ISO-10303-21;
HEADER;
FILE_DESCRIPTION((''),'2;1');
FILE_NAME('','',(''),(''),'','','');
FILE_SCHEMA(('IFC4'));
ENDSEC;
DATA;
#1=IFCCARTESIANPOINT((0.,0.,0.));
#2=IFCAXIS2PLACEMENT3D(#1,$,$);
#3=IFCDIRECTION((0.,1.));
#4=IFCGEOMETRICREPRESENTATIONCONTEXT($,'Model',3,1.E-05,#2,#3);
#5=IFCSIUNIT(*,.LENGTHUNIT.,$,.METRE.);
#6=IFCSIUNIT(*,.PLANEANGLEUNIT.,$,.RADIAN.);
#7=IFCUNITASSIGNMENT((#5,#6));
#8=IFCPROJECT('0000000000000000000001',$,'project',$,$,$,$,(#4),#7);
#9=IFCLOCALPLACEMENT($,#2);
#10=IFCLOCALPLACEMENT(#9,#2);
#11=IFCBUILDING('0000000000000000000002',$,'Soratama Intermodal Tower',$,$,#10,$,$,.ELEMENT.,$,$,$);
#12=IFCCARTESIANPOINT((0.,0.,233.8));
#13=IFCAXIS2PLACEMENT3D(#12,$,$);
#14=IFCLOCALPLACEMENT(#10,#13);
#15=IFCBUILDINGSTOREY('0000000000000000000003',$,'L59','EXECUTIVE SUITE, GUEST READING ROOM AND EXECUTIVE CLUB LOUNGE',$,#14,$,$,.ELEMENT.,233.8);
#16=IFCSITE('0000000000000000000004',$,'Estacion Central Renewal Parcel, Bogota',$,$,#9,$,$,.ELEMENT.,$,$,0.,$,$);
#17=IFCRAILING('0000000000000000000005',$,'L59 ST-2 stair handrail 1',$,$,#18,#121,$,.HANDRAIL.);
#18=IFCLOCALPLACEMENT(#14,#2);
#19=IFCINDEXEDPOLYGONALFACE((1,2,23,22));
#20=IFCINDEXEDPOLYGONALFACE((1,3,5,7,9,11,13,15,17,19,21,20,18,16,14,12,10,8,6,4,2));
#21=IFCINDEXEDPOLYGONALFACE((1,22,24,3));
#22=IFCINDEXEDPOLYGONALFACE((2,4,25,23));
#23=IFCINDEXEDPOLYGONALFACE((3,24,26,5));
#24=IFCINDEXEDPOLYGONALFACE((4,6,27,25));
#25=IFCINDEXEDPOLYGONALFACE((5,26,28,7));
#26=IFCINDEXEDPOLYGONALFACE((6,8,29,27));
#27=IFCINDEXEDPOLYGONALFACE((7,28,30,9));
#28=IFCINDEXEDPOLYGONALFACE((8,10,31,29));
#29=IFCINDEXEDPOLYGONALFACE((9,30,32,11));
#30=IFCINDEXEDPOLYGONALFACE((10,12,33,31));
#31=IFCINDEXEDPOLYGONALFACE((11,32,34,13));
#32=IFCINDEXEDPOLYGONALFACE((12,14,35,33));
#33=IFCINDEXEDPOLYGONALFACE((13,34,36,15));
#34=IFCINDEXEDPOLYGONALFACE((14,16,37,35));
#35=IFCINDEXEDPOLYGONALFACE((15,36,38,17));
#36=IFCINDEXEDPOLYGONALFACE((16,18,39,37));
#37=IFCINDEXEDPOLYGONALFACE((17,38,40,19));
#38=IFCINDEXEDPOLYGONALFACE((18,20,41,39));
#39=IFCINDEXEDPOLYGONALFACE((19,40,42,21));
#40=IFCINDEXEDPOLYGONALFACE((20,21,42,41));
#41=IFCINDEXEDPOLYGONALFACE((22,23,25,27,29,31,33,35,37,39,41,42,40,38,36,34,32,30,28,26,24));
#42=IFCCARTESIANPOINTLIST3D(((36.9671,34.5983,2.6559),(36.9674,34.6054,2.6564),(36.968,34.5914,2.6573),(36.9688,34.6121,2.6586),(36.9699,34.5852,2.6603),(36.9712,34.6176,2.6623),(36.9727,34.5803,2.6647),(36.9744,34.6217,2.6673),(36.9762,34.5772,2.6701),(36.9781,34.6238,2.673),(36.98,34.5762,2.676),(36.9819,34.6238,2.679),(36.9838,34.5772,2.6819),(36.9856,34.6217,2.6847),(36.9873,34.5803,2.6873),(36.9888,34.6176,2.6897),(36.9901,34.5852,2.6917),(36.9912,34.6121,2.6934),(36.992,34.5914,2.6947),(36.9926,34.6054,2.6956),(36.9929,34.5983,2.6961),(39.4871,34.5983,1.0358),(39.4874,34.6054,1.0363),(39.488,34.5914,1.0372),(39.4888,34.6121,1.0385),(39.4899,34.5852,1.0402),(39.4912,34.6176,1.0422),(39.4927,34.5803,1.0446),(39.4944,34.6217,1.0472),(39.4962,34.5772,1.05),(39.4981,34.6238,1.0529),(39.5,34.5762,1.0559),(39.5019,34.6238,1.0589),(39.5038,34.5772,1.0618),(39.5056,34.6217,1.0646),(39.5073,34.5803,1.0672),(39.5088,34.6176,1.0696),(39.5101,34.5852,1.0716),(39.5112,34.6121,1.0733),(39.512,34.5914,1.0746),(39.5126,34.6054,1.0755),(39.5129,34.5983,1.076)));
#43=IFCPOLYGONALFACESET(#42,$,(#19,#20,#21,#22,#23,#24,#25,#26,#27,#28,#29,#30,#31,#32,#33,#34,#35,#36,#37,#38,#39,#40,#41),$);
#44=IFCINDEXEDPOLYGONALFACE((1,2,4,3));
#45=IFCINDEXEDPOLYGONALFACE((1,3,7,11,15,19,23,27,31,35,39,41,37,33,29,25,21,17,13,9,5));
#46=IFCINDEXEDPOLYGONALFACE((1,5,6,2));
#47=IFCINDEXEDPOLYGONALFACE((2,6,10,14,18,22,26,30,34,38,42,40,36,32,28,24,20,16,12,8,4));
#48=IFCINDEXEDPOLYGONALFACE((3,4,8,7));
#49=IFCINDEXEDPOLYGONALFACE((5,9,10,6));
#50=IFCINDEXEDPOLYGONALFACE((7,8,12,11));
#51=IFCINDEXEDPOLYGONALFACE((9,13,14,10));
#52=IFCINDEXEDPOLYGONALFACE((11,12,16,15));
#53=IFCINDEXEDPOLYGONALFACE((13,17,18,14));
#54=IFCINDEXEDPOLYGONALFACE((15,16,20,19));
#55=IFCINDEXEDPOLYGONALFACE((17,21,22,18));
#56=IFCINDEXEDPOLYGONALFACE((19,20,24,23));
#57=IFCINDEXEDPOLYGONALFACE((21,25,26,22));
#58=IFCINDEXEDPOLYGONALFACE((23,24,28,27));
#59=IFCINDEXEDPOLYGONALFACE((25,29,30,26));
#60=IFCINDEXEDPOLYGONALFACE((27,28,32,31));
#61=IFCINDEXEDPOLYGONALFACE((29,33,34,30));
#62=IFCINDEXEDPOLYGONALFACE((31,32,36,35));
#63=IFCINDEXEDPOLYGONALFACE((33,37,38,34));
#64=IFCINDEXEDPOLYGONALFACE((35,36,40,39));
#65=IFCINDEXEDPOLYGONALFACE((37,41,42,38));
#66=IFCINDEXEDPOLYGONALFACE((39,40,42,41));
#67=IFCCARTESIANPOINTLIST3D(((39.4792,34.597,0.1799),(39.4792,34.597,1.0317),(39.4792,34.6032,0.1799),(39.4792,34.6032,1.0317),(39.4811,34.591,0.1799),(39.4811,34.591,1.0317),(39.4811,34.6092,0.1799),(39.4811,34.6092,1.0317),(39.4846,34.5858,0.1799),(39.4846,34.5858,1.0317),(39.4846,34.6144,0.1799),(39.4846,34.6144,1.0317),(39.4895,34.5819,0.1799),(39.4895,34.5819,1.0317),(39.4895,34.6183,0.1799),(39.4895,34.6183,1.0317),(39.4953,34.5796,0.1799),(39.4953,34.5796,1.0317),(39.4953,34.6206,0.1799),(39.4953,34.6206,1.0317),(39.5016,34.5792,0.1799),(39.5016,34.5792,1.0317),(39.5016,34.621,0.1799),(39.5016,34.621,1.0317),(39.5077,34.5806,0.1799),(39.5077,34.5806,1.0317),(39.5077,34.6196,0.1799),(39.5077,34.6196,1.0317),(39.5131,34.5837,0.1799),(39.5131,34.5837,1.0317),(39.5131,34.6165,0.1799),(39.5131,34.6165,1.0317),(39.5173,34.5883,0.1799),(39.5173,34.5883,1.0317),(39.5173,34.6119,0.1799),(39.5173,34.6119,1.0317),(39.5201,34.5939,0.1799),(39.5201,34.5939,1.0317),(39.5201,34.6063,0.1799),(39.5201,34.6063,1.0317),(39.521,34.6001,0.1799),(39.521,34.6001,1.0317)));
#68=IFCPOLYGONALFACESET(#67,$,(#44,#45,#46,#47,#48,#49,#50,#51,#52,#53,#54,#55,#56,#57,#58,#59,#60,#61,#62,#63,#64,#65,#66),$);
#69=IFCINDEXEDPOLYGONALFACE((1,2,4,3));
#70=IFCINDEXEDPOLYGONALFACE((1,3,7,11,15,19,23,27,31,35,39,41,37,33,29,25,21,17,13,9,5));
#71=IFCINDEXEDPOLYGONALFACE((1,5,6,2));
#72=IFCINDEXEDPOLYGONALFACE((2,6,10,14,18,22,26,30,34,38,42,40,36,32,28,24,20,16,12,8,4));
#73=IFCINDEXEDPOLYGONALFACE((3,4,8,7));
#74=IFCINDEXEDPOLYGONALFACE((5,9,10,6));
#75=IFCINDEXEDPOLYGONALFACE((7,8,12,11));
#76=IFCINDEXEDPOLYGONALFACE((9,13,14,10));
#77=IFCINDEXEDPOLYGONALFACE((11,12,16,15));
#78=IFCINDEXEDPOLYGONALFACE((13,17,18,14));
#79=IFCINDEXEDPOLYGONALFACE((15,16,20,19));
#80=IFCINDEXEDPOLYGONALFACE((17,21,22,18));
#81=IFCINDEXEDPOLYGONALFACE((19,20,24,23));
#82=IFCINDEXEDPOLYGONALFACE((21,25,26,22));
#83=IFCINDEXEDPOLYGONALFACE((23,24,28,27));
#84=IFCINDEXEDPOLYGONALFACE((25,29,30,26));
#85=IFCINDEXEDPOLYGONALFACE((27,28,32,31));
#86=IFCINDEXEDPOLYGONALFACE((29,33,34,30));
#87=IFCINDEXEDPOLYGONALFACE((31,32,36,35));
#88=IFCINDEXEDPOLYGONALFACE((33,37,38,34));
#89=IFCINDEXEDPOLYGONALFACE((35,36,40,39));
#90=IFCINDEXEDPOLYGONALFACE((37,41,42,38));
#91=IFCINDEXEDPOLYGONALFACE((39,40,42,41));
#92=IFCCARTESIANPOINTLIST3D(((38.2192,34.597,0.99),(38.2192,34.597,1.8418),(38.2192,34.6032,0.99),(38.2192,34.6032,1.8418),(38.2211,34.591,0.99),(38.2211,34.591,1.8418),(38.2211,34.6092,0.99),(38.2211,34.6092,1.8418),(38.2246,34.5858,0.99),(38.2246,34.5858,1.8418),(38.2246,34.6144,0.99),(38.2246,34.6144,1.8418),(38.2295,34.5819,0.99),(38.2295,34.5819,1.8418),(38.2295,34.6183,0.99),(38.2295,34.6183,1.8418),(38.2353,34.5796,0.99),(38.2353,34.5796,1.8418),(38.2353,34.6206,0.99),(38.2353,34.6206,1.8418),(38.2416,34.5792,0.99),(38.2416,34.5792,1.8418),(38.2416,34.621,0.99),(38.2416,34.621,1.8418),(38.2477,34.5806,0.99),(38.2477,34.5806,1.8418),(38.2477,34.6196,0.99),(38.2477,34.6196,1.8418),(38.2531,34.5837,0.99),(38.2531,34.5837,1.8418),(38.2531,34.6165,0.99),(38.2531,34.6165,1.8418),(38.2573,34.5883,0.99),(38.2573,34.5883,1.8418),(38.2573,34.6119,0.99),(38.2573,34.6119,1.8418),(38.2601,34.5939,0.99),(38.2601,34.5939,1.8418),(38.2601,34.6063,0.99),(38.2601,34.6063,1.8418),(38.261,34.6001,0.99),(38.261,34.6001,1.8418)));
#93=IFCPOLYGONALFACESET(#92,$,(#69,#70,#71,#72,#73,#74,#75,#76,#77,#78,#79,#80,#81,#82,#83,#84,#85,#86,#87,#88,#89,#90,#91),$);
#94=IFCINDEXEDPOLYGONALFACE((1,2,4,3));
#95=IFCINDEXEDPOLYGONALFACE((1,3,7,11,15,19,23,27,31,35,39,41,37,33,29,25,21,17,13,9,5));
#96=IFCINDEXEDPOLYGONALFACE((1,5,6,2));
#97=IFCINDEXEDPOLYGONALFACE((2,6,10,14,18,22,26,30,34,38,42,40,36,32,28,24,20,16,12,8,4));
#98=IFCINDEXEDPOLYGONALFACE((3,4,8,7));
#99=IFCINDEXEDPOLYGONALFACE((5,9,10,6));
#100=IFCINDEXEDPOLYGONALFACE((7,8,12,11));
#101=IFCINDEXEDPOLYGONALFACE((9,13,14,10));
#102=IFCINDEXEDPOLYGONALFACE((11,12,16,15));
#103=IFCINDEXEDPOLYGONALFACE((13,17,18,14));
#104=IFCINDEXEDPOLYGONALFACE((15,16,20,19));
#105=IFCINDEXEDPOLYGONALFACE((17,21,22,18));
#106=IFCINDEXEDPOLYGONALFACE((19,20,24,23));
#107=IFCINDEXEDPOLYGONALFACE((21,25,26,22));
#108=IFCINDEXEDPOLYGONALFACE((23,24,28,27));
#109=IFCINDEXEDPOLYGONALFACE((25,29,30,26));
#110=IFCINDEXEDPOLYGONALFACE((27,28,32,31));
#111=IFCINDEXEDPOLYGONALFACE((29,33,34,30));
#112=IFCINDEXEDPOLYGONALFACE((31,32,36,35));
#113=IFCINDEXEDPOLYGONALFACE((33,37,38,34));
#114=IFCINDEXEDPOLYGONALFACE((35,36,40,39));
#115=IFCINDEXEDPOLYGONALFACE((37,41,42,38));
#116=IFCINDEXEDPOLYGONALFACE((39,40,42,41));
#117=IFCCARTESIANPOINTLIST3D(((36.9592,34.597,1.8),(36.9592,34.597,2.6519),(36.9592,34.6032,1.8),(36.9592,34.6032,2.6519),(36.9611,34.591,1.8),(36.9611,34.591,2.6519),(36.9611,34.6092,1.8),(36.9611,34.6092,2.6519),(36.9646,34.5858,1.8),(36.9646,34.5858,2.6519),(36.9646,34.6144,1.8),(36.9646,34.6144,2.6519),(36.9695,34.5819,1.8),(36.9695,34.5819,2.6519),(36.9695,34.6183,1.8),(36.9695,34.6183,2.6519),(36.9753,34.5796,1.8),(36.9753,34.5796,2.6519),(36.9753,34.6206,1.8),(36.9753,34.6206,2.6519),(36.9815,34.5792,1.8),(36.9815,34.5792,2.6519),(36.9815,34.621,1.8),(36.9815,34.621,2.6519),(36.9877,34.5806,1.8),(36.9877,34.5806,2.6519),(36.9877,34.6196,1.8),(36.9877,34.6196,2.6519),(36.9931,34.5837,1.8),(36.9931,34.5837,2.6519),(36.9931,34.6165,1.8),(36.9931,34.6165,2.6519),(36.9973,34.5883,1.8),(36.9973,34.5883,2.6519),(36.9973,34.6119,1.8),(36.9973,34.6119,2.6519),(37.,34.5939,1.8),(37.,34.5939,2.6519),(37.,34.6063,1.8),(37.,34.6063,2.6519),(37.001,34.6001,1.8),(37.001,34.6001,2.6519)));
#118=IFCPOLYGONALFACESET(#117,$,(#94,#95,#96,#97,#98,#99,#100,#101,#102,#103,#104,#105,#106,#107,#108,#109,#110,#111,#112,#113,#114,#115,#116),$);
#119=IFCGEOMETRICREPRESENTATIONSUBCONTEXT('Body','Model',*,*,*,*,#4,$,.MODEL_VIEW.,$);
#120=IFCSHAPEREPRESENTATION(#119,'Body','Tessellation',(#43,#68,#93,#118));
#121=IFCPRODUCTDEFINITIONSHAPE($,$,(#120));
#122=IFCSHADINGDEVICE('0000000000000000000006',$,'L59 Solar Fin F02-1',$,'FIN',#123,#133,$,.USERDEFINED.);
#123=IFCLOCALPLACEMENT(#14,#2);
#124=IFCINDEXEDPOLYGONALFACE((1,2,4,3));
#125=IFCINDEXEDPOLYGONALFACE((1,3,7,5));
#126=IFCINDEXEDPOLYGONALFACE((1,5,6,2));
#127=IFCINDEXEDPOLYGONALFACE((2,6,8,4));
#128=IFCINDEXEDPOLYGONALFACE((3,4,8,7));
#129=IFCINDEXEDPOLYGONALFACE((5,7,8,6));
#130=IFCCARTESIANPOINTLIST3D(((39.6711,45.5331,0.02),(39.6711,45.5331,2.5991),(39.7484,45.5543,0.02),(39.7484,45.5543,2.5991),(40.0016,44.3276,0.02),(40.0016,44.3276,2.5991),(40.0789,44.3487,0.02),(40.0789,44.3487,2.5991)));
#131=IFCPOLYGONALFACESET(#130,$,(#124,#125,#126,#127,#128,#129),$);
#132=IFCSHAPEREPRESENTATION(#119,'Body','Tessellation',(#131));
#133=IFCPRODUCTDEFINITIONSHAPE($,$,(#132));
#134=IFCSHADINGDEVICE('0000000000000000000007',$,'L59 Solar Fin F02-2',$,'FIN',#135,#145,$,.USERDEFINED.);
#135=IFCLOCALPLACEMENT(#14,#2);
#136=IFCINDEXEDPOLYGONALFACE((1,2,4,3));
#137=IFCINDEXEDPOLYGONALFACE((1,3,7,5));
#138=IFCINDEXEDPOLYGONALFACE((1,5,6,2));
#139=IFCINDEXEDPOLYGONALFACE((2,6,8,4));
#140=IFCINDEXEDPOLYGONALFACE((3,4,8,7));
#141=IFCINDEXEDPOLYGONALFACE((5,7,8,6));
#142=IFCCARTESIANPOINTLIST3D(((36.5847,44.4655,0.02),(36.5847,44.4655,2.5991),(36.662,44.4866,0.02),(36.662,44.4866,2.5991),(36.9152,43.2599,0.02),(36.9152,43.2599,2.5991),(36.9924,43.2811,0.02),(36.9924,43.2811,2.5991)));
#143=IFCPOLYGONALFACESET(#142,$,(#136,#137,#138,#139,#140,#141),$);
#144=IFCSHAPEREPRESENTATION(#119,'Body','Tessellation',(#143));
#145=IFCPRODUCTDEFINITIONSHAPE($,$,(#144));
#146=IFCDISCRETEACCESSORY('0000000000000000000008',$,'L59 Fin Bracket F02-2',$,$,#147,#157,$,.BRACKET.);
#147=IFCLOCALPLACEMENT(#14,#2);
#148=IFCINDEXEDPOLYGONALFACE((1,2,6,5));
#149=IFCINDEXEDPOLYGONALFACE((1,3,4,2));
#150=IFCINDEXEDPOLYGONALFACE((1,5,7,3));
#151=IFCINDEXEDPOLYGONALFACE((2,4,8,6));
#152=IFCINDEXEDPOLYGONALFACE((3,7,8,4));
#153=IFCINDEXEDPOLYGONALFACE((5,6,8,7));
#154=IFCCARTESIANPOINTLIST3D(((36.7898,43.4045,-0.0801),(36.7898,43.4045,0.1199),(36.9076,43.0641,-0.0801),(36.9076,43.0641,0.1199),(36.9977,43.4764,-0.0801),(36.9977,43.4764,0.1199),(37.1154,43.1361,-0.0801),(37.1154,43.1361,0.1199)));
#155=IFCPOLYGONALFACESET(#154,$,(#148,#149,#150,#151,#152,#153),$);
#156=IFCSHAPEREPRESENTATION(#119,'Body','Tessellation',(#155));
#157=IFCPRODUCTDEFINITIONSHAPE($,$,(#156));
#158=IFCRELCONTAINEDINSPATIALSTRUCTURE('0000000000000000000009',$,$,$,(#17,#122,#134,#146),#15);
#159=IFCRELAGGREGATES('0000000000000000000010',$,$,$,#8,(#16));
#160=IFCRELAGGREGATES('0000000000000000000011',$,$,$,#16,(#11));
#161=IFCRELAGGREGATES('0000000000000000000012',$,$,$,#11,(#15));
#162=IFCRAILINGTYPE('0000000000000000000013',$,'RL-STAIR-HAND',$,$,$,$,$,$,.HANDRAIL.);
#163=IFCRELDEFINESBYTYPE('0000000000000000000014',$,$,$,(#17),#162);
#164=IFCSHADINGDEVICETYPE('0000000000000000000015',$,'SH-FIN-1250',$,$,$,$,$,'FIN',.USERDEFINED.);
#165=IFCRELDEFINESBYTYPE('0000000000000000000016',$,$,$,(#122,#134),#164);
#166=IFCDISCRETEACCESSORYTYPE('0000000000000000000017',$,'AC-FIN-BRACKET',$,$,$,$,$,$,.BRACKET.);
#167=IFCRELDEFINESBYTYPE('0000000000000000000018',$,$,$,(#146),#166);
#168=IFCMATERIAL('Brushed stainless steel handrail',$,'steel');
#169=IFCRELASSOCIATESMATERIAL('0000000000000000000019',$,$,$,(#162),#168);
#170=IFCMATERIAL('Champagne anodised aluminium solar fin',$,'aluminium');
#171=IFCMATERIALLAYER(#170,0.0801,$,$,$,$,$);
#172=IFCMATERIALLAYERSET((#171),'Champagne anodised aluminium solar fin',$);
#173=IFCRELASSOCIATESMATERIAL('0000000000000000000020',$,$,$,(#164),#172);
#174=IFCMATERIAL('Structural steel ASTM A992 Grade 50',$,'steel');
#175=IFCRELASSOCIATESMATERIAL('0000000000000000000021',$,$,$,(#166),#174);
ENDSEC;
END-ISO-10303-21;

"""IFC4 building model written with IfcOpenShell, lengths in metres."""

from ifc_helpers import new_model, si_unit, direction, frame, origin, origin_2d, place, context, subcontext, project, spatial, rectangle, circle, extrude, material, layer, layer_set, type_object, element, save


model = new_model("IFC4")

# Units and contexts
model_context = context("Model", 3, precision=1e-05, world=origin(), true_north=direction((0.0, 1.0)))
body_context = subcontext(model_context, "Body", "Model", "MODEL_VIEW")
ifc_project = project(units=[si_unit("LENGTHUNIT", "METRE"), si_unit("PLANEANGLEUNIT", "RADIAN")], contexts=[model_context])

# Site, building, storey
site_placement = place(None, origin())
site = spatial("IfcSite", under=ifc_project, at=site_placement, Name="Estacion Central Renewal Parcel, Bogota", CompositionType="ELEMENT", RefElevation=0.0)
building_placement = place(site_placement, origin())
building = spatial("IfcBuilding", under=site, at=building_placement, Name="Soratama Intermodal Tower", CompositionType="ELEMENT")
storey_placement = place(building_placement, frame((0.0, 0.0, 233.8)))
storey = spatial("IfcBuildingStorey", under=building, at=storey_placement, Name="L59", Description="EXECUTIVE SUITE, GUEST READING ROOM AND EXECUTIVE CLUB LOUNGE", CompositionType="ELEMENT", Elevation=233.8)

# Railing
ifc_material_1 = material(Name="Brushed stainless steel handrail", Category="steel")
railing_type = type_object("IfcRailingType", Name="RL-STAIR-HAND", PredefinedType="HANDRAIL", material=ifc_material_1)
railing_placement = place(storey_placement, frame((39.5, 34.6001, 0.1799)))
element("IfcRailing", 1, at=railing_placement, inside=storey, type_object=railing_type, Name="L59 ST-2 stair handrail 1", PredefinedType="HANDRAIL", context=body_context, shape_type="SweptSolid", body=[
    extrude(circle(Radius=0.0239, at=origin_2d()), frame((0.0, 0.0, 0.876), z_axis=(-0.841163, 0.0, 0.540782), x_axis=(0.0, -1.0, 0.0)), (0.0, 0.0, 1.0), 2.9958),
    extrude(circle(Radius=0.021, at=origin_2d()), origin(), (0.0, 0.0, 1.0), 0.8518),
    extrude(circle(Radius=0.021, at=origin_2d()), frame((-1.26, 0.0, 0.8101)), (0.0, 0.0, 1.0), 0.8518),
    extrude(circle(Radius=0.021, at=origin_2d()), frame((-2.52, 0.0, 1.6201)), (0.0, 0.0, 1.0), 0.8518),
])

# Shading devices
ifc_material_2 = material(Name="Champagne anodised aluminium solar fin", Category="aluminium")
ifc_layer_1 = layer(ifc_material_2, 0.0801)
ifc_layer_set_1 = layer_set([ifc_layer_1], Name="Champagne anodised aluminium solar fin")
shading_device_type = type_object("IfcShadingDeviceType", Name="SH-FIN-1250", ElementType="FIN", PredefinedType="USERDEFINED", material=ifc_layer_set_1)
for number, where, z_axis, x_axis, name in (
    (2, (39.875, 44.9409, 0.02), (0.0, 0.0, 1.0), (-0.264378, 0.964419, 0.0), "L59 Solar Fin F02-1"),
    (3, (36.7886, 43.8733, 0.02), (0.0, 0.0, 1.0), (-0.264378, 0.964419, 0.0), "L59 Solar Fin F02-2"),
):
    element("IfcShadingDevice", number, at=place(storey_placement, frame(where, z_axis=z_axis, x_axis=x_axis)), inside=storey, type_object=shading_device_type, Name=name, ObjectType="FIN", PredefinedType="USERDEFINED", context=body_context, shape_type="SweptSolid", body=[
        extrude(rectangle(XDim=1.25, YDim=0.0801, at=origin_2d()), origin(), (0.0, 0.0, 1.0), 2.5791),
    ])

# Discrete accessory
ifc_material_3 = material(Name="Structural steel ASTM A992 Grade 50", Category="steel")
discrete_accessory_type = type_object("IfcDiscreteAccessoryType", Name="AC-FIN-BRACKET", PredefinedType="BRACKET", material=ifc_material_3)
discrete_accessory_placement = place(storey_placement, frame((36.9526, 43.2703, -0.0801), z_axis=(0.0, 0.0, 1.0), x_axis=(-0.326888, 0.945063, 0.0)))
element("IfcDiscreteAccessory", 4, at=discrete_accessory_placement, inside=storey, type_object=discrete_accessory_type, Name="L59 Fin Bracket F02-2", PredefinedType="BRACKET", context=body_context, shape_type="SweptSolid", body=[
    extrude(rectangle(XDim=0.3601, YDim=0.22, at=origin_2d()), origin(), (0.0, 0.0, 1.0), 0.2),
])

save(model, "model.ifc")
